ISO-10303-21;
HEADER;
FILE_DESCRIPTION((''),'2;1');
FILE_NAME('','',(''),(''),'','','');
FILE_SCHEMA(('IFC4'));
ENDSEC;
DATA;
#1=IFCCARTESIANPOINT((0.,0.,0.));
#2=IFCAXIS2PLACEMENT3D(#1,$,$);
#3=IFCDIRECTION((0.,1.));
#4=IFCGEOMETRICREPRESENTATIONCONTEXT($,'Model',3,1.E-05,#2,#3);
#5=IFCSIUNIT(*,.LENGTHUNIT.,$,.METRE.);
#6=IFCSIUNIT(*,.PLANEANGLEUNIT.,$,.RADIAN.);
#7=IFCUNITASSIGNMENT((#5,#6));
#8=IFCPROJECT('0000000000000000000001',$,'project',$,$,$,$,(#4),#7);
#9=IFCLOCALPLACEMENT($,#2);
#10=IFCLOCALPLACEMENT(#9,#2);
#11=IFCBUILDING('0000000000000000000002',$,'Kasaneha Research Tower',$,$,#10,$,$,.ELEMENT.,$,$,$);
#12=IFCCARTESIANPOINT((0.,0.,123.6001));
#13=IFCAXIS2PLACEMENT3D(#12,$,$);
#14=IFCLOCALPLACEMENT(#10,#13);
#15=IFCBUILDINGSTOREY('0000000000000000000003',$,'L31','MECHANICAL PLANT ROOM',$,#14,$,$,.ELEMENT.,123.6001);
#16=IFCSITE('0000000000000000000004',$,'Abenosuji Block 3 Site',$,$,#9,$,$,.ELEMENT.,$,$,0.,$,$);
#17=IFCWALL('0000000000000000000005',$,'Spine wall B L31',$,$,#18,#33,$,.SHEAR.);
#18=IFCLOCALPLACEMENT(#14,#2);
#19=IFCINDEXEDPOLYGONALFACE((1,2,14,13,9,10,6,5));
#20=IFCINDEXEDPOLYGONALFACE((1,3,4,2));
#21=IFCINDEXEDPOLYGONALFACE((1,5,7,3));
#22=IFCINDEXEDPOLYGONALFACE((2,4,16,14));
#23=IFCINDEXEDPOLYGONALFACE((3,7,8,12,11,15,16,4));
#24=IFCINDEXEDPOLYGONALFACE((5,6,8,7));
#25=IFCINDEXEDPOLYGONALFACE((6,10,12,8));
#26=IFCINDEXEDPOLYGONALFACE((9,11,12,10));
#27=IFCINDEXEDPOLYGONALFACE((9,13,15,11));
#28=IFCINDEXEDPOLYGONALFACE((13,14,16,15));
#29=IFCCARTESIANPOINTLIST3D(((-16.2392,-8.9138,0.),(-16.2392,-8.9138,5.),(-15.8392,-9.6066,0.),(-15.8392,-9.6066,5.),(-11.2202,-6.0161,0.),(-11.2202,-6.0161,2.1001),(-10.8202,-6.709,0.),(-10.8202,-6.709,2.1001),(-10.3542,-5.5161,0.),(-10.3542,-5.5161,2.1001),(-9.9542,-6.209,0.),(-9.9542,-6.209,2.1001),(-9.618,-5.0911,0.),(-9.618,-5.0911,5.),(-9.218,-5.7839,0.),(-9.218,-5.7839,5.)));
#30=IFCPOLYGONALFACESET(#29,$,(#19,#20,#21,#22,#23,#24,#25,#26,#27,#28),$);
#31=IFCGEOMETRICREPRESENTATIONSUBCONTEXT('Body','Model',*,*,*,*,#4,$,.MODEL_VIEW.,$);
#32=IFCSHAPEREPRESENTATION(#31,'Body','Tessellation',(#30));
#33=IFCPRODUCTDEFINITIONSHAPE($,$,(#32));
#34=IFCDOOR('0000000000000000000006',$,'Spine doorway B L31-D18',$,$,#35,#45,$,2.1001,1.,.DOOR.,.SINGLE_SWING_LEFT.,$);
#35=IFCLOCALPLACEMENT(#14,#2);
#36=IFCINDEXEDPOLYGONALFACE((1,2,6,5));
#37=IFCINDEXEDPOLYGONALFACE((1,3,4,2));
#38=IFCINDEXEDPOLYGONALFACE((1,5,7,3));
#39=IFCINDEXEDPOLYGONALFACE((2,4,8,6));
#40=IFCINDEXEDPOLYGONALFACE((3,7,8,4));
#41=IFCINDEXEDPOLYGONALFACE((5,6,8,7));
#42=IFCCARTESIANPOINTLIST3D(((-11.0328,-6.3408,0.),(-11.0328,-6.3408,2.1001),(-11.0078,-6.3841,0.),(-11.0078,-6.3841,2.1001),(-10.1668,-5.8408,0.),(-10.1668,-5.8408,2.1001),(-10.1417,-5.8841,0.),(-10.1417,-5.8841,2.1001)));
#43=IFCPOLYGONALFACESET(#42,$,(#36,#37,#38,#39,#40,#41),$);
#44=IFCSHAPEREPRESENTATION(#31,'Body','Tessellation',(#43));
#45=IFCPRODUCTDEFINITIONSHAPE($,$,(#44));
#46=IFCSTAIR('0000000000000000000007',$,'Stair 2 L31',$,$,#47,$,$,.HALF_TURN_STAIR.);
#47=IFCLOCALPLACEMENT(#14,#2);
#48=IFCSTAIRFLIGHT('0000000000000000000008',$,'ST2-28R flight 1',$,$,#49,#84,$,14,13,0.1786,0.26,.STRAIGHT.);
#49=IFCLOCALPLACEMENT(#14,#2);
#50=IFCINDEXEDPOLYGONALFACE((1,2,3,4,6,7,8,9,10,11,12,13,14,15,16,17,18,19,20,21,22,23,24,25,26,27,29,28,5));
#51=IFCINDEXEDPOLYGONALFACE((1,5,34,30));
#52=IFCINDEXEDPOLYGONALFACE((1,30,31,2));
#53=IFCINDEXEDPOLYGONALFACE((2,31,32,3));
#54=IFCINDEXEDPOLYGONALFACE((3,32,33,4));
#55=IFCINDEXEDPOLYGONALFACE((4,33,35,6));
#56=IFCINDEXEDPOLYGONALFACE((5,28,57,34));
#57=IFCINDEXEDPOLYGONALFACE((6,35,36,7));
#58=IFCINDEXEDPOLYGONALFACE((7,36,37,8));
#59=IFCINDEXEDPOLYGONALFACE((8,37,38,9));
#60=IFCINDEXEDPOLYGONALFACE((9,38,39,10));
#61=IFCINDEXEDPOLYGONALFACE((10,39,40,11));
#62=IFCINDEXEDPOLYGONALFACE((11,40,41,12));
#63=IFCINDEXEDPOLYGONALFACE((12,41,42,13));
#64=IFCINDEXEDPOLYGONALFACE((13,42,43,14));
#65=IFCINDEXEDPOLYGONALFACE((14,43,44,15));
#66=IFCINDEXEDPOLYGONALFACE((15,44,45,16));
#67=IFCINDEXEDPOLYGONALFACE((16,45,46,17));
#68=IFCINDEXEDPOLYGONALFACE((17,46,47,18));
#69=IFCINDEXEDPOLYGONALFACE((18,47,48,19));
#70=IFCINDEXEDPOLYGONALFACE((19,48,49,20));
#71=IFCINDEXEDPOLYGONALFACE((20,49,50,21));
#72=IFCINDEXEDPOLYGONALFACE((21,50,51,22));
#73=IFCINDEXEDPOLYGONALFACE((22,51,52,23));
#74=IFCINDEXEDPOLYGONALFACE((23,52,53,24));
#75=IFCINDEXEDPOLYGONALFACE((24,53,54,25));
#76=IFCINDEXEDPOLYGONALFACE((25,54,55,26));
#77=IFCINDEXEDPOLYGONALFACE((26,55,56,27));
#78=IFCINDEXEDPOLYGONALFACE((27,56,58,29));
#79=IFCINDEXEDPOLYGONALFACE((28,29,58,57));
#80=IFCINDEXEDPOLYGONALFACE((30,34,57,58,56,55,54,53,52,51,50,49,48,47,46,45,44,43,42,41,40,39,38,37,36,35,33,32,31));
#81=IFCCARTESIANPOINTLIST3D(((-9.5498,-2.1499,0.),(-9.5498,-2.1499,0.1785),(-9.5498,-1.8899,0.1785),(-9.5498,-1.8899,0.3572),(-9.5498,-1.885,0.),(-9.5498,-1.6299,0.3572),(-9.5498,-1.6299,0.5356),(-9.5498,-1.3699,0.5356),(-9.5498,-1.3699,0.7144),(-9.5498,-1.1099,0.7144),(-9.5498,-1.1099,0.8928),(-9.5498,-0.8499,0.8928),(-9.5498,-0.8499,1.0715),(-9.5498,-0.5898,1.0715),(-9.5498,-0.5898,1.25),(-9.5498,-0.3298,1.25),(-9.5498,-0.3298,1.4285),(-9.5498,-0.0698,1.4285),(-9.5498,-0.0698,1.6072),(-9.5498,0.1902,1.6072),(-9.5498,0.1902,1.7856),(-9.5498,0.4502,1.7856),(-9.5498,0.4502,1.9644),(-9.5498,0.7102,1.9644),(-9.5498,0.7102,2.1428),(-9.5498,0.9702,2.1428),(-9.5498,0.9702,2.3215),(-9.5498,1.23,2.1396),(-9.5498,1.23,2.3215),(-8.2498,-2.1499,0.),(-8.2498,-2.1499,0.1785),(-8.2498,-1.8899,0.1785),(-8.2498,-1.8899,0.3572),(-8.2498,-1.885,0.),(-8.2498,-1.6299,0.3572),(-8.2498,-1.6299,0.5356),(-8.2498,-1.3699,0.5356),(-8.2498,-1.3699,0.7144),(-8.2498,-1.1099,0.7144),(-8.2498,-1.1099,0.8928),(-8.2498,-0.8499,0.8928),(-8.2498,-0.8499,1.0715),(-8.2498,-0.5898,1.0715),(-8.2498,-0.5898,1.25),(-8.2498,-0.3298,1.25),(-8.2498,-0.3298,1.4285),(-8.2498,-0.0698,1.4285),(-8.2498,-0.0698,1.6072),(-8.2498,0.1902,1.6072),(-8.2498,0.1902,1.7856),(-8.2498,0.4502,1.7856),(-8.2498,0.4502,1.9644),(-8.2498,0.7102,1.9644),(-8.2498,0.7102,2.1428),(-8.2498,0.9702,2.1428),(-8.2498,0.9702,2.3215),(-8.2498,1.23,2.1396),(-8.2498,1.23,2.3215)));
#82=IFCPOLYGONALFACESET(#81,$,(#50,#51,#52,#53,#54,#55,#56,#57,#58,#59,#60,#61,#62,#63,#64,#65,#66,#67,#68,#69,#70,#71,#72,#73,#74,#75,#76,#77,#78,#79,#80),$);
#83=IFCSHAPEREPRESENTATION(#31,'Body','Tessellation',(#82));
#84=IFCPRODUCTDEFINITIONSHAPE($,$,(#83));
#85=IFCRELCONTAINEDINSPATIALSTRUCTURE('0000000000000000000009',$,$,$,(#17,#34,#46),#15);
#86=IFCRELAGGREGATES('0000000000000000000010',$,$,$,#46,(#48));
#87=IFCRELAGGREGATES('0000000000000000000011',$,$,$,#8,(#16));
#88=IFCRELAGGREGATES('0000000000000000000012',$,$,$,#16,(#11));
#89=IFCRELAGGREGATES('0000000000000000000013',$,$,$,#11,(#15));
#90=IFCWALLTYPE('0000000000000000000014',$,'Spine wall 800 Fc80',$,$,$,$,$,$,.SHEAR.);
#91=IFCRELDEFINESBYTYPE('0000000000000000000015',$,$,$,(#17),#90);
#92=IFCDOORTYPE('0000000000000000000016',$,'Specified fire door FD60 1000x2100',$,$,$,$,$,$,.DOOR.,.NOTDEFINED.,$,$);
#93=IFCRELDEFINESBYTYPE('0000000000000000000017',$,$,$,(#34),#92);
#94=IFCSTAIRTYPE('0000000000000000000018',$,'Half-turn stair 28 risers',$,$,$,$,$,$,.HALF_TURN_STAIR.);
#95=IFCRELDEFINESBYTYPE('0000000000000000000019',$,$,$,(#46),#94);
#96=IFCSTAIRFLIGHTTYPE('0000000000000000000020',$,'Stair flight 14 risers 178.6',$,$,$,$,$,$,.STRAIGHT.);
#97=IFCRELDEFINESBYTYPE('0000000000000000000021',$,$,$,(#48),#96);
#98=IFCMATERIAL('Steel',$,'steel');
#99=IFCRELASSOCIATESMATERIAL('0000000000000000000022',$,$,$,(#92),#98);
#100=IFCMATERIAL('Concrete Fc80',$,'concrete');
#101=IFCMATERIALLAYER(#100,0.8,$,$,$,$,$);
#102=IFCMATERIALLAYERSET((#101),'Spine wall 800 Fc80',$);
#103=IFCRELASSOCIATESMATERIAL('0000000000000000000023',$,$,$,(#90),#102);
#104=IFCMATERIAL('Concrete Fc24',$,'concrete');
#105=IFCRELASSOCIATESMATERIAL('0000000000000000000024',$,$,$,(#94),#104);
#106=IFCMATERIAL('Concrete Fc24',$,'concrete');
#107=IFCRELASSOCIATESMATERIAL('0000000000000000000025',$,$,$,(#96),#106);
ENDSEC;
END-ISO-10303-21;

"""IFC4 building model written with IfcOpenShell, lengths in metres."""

from ifc_helpers import new_model, si_unit, direction, frame, frame_2d, origin, place, context, subcontext, project, spatial, polyline, rectangle, outline, extrude, material, layer, layer_set, type_object, element, fill, aggregate, save


model = new_model("IFC4")

# Units and contexts
model_context = context("Model", 3, precision=1e-05, world=origin(), true_north=direction((0.0, 1.0)))
body_context = subcontext(model_context, "Body", "Model", "MODEL_VIEW")
ifc_project = project(units=[si_unit("LENGTHUNIT", "METRE"), si_unit("PLANEANGLEUNIT", "RADIAN")], contexts=[model_context])

# Site, building, storey
site_placement = place(None, origin())
site = spatial("IfcSite", under=ifc_project, at=site_placement, Name="Abenosuji Block 3 Site", CompositionType="ELEMENT", RefElevation=0.0)
building_placement = place(site_placement, origin())
building = spatial("IfcBuilding", under=site, at=building_placement, Name="Kasaneha Research Tower", CompositionType="ELEMENT")
storey_placement = place(building_placement, frame((0.0, 0.0, 123.6001)))
storey = spatial("IfcBuildingStorey", under=building, at=storey_placement, Name="L31", Description="MECHANICAL PLANT ROOM", CompositionType="ELEMENT", Elevation=123.6001)

# Shared definitions
ifc_material_1 = material(Name="Steel", Category="steel")
door_type_1 = type_object("IfcDoorType", Name="Specified fire door FD60 1000x2100", OperationType="NOTDEFINED", PredefinedType="DOOR", material=ifc_material_1)

# Wall, opening, door
ifc_material_2 = material(Name="Concrete Fc80", Category="concrete")
ifc_layer_1 = layer(ifc_material_2, 0.8)
ifc_layer_set_1 = layer_set([ifc_layer_1], Name="Spine wall 800 Fc80")
wall_type_1 = type_object("IfcWallType", Name="Spine wall 800 Fc80", PredefinedType="SHEAR", material=ifc_layer_set_1)
wall_1_placement = place(storey_placement, frame((-9.418, -5.4375, 0.0), z_axis=(0.0, 0.0, 1.0), x_axis=(-0.86603, -0.499992, 0.0)))
wall_1 = element("IfcWall", 1, at=wall_1_placement, inside=storey, type_object=wall_type_1, Name="Spine wall B L31", PredefinedType="SHEAR", context=body_context, shape_type="SweptSolid", body=[
    extrude(rectangle(XDim=7.6455, YDim=0.8, at=frame_2d((3.8228, 0.0))), origin(), (0.0, 0.0, 1.0), 5.0),
])
opening_1_placement = place(wall_1_placement, frame((0.8501, 0.0, 0.0)))
opening_1 = element("IfcOpeningElement", 2, at=opening_1_placement, cuts=wall_1, PredefinedType="OPENING", context=body_context, shape_type="SweptSolid", body=[
    extrude(rectangle(XDim=1.0, YDim=2.1001, at=frame_2d((0.5, 1.05))), frame((0.0, 0.4102, 0.0), z_axis=(0.0, -1.0, 0.0), x_axis=(1.0, 0.0, 0.0)), (0.0, 0.0, 1.0), 0.8201),
])
door_1_placement = place(opening_1_placement, origin())
door_1 = element("IfcDoor", 3, at=door_1_placement, inside=storey, type_object=door_type_1, Name="Spine doorway B L31-D18", OperationType="SINGLE_SWING_LEFT", OverallHeight=2.1001, OverallWidth=1.0, PredefinedType="DOOR", context=body_context, shape_type="SweptSolid", body=[
    extrude(rectangle(XDim=1.0, YDim=2.1001, at=frame_2d((0.5, 1.05))), frame((0.0, 0.0249, 0.0), z_axis=(0.0, -1.0, 0.0), x_axis=(1.0, 0.0, 0.0)), (0.0, 0.0, 1.0), 0.05),
])
fill(opening_1, door_1)

# Stair, stair flight
ifc_material_3 = material(Name="Concrete Fc24", Category="concrete")
stair_type = type_object("IfcStairType", Name="Half-turn stair 28 risers", PredefinedType="HALF_TURN_STAIR", material=ifc_material_3)
stair_placement = place(storey_placement, origin())
stair = element("IfcStair", 4, at=stair_placement, inside=storey, type_object=stair_type, Name="Stair 2 L31", PredefinedType="HALF_TURN_STAIR")
ifc_material_4 = material(Name="Concrete Fc24", Category="concrete")
stair_flight_type = type_object("IfcStairFlightType", Name="Stair flight 14 risers 178.6", PredefinedType="STRAIGHT", material=ifc_material_4)
stair_flight_placement = place(storey_placement, frame((-8.8999, -2.1499, 0.0), z_axis=(0.0, 0.0, 1.0), x_axis=(0.0, 1.0, 0.0)))
stair_flight = element("IfcStairFlight", 5, at=stair_flight_placement, type_object=stair_flight_type, Name="ST2-28R flight 1", NumberOfRisers=14, NumberOfTreads=13, PredefinedType="STRAIGHT", RiserHeight=0.1786, TreadLength=0.26, context=body_context, shape_type="SweptSolid", body=[
    extrude(outline(polyline([(0.0, 0.0), (0.0, 0.1785), (0.26, 0.1785), (0.26, 0.3572), (0.52, 0.3572), (0.52, 0.5356), (0.78, 0.5356), (0.78, 0.7144), (1.04, 0.7144), (1.04, 0.8928), (1.3, 0.8928), (1.3, 1.0715), (1.5601, 1.0715), (1.5601, 1.25), (1.8201, 1.25), (1.8201, 1.4285), (2.0801, 1.4285), (2.0801, 1.6072), (2.3401, 1.6072), (2.3401, 1.7856), (2.6001, 1.7856), (2.6001, 1.9644), (2.8601, 1.9644), (2.8601, 2.1428), (3.1201, 2.1428), (3.1201, 2.3215), (3.3799, 2.3215), (3.3799, 2.5), (3.3799, 2.1396), (0.2649, 0.0), (0.0, 0.0)])), frame((0.0, 0.6499, 0.0), z_axis=(0.0, -1.0, 0.0), x_axis=(1.0, 0.0, 0.0)), (0.0, 0.0, 1.0), 1.3),
])
aggregate(stair, [stair_flight])

save(model, "model.ifc")
